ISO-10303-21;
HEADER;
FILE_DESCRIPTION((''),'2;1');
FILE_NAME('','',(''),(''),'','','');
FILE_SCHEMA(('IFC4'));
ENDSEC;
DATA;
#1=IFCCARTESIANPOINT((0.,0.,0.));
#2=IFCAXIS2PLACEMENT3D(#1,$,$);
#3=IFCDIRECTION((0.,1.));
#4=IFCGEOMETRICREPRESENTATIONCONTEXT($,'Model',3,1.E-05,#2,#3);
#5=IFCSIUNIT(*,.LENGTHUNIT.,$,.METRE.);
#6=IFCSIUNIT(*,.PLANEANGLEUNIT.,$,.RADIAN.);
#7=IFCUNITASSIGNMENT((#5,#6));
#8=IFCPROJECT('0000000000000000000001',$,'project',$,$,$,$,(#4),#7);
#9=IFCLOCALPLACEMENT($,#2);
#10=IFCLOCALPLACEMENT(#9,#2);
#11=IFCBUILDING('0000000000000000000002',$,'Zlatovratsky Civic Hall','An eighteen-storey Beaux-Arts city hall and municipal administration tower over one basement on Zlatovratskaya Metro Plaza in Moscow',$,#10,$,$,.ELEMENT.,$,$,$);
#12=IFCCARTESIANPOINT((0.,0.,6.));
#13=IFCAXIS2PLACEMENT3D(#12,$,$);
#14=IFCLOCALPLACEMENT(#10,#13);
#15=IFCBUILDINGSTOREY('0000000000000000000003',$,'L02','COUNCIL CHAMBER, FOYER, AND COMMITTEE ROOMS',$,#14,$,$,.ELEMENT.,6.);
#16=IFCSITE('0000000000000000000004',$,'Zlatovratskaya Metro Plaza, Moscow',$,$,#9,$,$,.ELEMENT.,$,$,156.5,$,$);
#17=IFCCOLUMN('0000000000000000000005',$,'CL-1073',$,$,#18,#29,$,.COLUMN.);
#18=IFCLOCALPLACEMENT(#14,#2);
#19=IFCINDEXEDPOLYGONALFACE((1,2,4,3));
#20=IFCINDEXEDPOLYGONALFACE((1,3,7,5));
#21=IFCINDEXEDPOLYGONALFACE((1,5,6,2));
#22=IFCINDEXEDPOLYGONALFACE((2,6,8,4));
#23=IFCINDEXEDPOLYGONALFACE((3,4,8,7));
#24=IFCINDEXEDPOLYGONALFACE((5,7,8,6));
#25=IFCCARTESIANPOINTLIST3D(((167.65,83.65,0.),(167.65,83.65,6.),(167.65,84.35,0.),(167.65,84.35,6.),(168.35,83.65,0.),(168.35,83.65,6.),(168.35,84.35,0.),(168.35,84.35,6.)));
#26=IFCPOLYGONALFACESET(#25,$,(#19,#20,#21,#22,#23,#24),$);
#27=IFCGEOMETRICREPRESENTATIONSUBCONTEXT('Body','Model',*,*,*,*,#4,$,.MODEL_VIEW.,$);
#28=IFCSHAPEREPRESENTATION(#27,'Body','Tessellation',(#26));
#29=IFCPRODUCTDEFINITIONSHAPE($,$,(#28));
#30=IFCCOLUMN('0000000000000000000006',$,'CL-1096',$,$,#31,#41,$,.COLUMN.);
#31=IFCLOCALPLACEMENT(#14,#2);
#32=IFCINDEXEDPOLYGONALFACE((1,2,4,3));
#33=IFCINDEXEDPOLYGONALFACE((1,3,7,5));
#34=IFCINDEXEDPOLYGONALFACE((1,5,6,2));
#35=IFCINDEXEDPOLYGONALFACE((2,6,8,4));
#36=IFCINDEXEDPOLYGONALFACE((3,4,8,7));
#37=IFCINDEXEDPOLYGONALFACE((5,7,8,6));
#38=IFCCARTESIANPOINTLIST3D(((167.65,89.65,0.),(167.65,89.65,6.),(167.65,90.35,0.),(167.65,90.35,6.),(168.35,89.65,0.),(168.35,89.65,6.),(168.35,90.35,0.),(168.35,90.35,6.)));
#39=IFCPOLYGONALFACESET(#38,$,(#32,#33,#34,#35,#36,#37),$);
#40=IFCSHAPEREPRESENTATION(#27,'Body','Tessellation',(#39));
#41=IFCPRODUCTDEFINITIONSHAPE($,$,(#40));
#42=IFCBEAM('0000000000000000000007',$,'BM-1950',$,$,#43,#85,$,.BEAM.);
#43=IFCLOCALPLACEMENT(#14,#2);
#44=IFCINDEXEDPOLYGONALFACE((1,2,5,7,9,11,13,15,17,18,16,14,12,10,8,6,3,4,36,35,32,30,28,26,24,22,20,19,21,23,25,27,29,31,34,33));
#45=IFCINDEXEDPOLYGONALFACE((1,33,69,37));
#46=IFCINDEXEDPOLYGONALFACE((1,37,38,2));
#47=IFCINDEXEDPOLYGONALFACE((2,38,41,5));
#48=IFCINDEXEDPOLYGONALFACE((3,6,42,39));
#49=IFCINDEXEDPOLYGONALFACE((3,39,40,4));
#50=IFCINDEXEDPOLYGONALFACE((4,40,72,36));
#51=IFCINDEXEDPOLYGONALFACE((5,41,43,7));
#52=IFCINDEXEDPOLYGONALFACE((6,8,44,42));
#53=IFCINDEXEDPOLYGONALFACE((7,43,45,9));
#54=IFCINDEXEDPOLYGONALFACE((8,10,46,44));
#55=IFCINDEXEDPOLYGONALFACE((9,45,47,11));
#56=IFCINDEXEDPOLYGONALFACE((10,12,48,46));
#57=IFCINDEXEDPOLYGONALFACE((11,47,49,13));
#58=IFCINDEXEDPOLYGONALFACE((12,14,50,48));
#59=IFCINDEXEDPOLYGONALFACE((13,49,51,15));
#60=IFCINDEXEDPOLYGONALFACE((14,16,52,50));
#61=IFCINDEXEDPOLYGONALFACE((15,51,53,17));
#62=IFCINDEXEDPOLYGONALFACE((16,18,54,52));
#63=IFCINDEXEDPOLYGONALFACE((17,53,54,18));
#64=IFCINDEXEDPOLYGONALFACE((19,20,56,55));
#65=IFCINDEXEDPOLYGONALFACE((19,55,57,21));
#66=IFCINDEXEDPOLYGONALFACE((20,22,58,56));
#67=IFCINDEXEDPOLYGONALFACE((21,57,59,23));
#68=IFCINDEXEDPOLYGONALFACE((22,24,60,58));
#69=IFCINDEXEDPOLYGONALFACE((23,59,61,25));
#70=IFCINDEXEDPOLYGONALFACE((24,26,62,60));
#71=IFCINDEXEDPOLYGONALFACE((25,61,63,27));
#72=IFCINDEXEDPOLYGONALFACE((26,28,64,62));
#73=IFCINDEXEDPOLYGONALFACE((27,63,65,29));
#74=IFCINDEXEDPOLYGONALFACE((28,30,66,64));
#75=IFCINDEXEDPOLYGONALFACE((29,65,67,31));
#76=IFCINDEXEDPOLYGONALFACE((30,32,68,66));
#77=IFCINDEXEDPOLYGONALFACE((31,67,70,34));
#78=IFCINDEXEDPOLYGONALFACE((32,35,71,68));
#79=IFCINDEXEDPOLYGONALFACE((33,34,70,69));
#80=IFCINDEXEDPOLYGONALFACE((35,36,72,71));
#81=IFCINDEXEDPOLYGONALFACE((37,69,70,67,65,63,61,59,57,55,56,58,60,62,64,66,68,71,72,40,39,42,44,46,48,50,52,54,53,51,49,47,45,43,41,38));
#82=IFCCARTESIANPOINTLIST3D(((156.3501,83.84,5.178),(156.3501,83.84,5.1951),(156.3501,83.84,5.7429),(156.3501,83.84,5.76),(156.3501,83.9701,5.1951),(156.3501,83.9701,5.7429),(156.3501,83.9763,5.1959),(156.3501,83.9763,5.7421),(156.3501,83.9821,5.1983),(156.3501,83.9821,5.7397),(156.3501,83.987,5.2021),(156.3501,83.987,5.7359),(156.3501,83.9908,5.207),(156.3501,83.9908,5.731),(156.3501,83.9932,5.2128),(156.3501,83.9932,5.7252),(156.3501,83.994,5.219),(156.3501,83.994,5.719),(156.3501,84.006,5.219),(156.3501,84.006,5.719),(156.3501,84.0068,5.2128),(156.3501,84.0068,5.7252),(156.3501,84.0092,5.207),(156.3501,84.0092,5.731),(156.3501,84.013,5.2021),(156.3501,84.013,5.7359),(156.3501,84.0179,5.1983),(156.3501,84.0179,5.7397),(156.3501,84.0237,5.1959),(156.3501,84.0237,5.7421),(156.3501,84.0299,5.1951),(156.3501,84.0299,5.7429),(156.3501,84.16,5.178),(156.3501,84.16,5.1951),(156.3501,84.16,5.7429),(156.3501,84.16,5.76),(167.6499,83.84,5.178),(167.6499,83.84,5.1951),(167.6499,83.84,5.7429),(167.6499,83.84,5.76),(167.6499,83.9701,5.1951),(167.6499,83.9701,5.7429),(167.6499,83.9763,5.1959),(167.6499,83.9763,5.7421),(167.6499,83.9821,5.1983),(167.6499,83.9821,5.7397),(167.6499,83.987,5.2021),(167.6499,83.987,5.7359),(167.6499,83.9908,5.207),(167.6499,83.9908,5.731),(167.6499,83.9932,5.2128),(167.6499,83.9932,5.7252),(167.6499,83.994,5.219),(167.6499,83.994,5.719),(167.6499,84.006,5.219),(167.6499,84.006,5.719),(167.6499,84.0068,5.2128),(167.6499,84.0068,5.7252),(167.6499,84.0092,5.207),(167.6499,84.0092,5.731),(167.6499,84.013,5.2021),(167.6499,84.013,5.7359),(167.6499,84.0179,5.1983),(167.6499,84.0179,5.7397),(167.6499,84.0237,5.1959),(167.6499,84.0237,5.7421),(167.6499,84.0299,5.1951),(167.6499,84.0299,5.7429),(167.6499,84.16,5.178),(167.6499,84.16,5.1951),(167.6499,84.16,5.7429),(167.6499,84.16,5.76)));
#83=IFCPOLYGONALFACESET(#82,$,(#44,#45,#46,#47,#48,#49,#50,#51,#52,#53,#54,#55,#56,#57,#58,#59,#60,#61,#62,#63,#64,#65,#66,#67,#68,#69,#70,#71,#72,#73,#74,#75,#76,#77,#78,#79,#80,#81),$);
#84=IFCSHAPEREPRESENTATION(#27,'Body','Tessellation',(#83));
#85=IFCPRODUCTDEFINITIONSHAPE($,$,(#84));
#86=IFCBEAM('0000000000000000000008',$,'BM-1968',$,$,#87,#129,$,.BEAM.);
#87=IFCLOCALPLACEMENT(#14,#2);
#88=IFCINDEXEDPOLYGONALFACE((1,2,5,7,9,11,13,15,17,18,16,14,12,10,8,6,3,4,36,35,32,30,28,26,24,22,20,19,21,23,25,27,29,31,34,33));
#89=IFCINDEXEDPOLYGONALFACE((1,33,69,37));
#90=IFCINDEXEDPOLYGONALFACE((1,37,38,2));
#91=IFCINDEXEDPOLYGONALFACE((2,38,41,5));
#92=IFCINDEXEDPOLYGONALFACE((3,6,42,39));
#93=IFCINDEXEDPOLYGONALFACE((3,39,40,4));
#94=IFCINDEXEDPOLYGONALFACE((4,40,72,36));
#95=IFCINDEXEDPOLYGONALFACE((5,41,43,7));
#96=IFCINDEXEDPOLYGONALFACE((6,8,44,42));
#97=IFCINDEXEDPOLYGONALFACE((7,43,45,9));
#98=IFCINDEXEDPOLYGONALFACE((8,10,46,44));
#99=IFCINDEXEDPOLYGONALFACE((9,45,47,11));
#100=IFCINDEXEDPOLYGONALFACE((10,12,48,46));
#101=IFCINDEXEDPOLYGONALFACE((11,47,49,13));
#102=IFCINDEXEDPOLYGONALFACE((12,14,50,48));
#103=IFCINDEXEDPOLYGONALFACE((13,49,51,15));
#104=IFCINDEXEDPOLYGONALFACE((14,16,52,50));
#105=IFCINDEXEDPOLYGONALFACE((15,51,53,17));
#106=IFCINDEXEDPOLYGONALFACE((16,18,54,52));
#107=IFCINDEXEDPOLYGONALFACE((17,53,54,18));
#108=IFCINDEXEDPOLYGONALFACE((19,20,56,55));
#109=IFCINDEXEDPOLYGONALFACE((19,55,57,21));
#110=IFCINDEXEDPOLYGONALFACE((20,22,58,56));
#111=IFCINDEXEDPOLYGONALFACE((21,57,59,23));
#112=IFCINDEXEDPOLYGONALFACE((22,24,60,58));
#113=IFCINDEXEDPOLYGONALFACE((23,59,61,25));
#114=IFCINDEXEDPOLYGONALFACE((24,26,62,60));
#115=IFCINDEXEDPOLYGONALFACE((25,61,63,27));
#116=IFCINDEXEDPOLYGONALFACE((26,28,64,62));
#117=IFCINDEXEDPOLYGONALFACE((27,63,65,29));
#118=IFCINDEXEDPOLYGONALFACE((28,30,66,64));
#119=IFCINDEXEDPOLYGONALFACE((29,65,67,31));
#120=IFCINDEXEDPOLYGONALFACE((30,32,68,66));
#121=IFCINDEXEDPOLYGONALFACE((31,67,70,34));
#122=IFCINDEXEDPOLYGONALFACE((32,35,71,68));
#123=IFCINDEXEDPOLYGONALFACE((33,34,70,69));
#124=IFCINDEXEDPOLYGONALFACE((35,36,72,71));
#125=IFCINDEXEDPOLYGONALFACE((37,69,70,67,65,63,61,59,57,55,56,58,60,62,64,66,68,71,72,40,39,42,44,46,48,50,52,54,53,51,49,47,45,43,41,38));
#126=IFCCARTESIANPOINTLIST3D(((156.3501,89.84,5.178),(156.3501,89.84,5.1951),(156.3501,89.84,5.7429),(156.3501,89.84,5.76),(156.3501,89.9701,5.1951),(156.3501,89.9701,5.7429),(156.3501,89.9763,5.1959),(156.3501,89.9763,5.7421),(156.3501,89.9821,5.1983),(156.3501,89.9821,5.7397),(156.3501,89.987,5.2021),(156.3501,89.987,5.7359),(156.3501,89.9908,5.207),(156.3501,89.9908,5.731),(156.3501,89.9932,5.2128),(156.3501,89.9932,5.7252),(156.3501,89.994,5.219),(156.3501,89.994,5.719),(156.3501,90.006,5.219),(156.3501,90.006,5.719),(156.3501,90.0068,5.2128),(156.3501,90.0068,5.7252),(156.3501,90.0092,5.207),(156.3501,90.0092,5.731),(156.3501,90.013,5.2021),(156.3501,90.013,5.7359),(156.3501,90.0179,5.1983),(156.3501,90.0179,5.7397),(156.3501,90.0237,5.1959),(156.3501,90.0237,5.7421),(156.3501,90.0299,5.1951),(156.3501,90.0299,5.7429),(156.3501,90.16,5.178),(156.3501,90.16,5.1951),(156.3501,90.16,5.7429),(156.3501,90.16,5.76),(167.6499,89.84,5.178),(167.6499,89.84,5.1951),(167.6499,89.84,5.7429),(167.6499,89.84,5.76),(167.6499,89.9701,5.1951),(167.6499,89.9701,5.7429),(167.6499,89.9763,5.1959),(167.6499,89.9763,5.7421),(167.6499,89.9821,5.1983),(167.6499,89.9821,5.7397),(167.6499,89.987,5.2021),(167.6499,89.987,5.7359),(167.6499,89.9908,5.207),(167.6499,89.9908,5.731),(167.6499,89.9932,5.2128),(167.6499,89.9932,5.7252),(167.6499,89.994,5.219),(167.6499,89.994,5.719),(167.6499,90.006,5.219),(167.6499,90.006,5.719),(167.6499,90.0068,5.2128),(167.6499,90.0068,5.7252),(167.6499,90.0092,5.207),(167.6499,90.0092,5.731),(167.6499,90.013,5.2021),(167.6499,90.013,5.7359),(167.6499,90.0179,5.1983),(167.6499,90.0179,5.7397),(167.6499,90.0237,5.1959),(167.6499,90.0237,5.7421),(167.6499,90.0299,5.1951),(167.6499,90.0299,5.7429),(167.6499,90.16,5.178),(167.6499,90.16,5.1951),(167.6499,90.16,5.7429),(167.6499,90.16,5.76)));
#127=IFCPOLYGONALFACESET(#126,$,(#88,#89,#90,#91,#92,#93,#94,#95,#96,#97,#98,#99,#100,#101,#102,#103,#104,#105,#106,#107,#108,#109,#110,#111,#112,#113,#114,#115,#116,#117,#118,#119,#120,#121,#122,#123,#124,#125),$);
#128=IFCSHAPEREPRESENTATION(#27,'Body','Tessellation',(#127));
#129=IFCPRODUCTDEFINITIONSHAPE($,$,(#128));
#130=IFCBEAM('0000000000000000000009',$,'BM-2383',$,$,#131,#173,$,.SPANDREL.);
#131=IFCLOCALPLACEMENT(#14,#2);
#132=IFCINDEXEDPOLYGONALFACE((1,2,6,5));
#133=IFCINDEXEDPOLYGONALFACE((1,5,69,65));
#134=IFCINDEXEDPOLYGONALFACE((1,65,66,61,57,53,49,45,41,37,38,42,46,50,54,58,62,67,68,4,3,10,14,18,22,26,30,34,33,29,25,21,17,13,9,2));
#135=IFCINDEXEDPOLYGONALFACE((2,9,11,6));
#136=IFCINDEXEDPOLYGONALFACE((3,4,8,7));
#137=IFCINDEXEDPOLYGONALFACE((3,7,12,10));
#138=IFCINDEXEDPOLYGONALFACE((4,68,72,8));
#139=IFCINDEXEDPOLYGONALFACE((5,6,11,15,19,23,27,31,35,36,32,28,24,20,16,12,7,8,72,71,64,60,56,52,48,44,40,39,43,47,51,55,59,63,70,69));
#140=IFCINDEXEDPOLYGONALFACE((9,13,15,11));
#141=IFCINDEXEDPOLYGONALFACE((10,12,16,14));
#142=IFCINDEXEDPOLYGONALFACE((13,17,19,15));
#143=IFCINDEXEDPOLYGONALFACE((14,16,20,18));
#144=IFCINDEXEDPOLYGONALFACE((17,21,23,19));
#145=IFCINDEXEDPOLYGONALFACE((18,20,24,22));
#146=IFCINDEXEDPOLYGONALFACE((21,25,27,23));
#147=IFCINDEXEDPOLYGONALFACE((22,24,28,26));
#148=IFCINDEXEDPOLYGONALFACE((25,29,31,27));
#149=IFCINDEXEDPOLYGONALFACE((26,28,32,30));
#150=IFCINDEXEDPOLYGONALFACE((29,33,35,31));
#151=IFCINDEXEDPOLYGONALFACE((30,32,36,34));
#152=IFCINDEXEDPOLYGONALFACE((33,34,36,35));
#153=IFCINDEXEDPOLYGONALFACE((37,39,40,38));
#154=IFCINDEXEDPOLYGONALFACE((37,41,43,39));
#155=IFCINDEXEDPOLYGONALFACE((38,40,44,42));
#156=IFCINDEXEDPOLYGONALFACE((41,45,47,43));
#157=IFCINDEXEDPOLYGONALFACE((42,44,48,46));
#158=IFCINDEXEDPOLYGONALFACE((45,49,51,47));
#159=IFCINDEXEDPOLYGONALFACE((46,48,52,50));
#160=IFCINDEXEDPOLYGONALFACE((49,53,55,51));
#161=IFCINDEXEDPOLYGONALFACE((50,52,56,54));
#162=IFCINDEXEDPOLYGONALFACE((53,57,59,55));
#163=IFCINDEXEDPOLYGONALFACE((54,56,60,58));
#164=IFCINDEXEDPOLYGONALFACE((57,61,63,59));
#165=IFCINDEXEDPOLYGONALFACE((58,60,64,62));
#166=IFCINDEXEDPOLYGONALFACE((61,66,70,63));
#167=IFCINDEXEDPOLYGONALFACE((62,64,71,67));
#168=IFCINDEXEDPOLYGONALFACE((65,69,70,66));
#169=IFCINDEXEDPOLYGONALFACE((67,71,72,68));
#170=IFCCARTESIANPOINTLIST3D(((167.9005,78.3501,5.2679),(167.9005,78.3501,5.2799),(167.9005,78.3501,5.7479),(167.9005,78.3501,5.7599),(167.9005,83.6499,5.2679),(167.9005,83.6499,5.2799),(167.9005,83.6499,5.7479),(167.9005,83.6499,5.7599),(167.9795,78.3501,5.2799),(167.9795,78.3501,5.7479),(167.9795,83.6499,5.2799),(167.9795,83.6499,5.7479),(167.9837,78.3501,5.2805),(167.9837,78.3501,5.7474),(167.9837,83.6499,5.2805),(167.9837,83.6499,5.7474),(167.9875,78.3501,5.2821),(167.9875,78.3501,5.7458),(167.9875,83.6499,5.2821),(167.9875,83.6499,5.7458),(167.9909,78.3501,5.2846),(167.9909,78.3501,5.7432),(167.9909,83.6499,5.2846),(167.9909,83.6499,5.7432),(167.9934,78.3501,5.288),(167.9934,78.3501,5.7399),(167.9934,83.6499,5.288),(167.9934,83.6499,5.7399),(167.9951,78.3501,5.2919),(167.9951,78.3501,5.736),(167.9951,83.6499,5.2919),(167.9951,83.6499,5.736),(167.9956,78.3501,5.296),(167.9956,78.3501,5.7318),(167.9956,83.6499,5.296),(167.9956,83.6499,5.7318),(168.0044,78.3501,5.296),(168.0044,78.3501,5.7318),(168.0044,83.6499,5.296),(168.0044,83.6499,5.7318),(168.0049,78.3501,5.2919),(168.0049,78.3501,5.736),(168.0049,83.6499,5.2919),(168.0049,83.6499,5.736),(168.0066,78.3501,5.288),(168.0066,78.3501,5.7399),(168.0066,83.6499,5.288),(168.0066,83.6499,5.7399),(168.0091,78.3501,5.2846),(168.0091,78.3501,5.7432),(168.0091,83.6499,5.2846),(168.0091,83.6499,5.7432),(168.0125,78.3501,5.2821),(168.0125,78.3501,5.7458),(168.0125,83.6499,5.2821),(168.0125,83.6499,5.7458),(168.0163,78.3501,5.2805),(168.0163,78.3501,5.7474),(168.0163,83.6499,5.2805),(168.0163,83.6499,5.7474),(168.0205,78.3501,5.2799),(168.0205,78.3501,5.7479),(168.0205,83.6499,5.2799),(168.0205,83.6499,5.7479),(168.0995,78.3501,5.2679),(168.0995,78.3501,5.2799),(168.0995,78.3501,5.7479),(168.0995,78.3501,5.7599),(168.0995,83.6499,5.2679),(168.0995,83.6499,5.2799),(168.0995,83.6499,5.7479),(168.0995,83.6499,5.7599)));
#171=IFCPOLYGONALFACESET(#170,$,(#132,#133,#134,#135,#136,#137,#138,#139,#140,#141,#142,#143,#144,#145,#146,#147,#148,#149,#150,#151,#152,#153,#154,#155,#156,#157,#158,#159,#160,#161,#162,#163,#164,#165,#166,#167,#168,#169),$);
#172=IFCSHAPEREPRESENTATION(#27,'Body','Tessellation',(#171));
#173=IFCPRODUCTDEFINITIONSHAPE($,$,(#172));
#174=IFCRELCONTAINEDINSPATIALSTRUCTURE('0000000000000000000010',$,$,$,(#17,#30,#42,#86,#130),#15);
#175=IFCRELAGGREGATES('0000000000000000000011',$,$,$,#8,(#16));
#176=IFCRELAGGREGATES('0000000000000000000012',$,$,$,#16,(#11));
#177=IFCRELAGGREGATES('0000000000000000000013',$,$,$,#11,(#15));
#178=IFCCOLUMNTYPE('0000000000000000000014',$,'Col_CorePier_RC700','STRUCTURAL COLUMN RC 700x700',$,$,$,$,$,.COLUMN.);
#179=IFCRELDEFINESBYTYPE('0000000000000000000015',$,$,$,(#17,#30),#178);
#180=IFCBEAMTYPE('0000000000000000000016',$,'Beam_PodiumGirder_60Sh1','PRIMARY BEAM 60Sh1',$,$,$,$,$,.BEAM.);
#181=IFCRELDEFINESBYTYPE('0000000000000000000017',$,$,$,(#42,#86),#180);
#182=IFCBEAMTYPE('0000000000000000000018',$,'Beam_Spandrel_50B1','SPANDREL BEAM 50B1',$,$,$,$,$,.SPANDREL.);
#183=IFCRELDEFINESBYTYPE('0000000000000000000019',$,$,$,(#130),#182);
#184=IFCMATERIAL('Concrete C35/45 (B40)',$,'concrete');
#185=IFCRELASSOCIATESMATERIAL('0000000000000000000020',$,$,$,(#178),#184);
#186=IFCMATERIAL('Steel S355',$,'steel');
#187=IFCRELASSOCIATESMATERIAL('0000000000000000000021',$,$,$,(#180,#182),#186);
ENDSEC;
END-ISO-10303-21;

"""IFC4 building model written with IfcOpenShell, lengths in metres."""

from ifc_helpers import new_model, si_unit, direction, frame, origin, origin_2d, place, context, subcontext, project, spatial, rectangle, i_section, extrude, material, material_profile, profile_set, type_object, element, save


model = new_model("IFC4")

# Units and contexts
model_context = context("Model", 3, precision=1e-05, world=origin(), true_north=direction((0.0, 1.0)))
body_context = subcontext(model_context, "Body", "Model", "MODEL_VIEW")
ifc_project = project(units=[si_unit("LENGTHUNIT", "METRE"), si_unit("PLANEANGLEUNIT", "RADIAN")], contexts=[model_context])

# Site, building, storey
site_placement = place(None, origin())
site = spatial("IfcSite", under=ifc_project, at=site_placement, Name="Zlatovratskaya Metro Plaza, Moscow", CompositionType="ELEMENT", RefElevation=156.5)
building_placement = place(site_placement, origin())
building = spatial("IfcBuilding", under=site, at=building_placement, Name="Zlatovratsky Civic Hall", Description="An eighteen-storey Beaux-Arts city hall and municipal administration tower over one basement on Zlatovratskaya Metro Plaza in Moscow", CompositionType="ELEMENT")
storey_placement = place(building_placement, frame((0.0, 0.0, 6.0)))
storey = spatial("IfcBuildingStorey", under=building, at=storey_placement, Name="L02", Description="COUNCIL CHAMBER, FOYER, AND COMMITTEE ROOMS", CompositionType="ELEMENT", Elevation=6.0)

# Columns
ifc_material_1 = material(Name="Concrete C35/45 (B40)", Category="concrete")
ifc_material_profile_1 = material_profile(ifc_material_1, rectangle(XDim=0.7, YDim=0.7, at=origin_2d()), Name="RC 700x700")
ifc_profile_set_1 = profile_set([ifc_material_profile_1], Name="Concrete C35/45 (B40)")
column_type = type_object("IfcColumnType", Name="Col_CorePier_RC700", Description="STRUCTURAL COLUMN RC 700x700", PredefinedType="COLUMN", material=ifc_profile_set_1)
for number, where, z_axis, x_axis, name in (
    (1, (168.0, 84.0, 0.0), (0.0, 0.0, 1.0), (1.0, 0.0, 0.0), "CL-1073"),
    (2, (168.0, 90.0, 0.0), (0.0, 0.0, 1.0), (1.0, 0.0, 0.0), "CL-1096"),
):
    element("IfcColumn", number, at=place(storey_placement, frame(where, z_axis=z_axis, x_axis=x_axis)), inside=storey, type_object=column_type, Name=name, PredefinedType="COLUMN", context=body_context, shape_type="SweptSolid", body=[
        extrude(rectangle(XDim=0.7, YDim=0.7, at=origin_2d()), origin(), (0.0, 0.0, 1.0), 6.0),
    ])

# Beams
ifc_material_2 = material(Name="Steel S355", Category="steel")
ifc_material_profile_2 = material_profile(ifc_material_2, i_section(OverallWidth=0.3201, OverallDepth=0.582, WebThickness=0.012, FlangeThickness=0.0171, FilletRadius=0.0239, at=origin_2d()), Name="60Sh1")
ifc_profile_set_2 = profile_set([ifc_material_profile_2], Name="Steel S355")
beam_type_1 = type_object("IfcBeamType", Name="Beam_PodiumGirder_60Sh1", Description="PRIMARY BEAM 60Sh1", PredefinedType="BEAM", material=ifc_profile_set_2)
for number, where, z_axis, x_axis, name in (
    (3, (156.3501, 84.0, 5.469), (1.0, 0.0, 0.0), (0.0, 1.0, 0.0), "BM-1950"),
    (4, (156.3501, 90.0, 5.469), (1.0, 0.0, 0.0), (0.0, 1.0, 0.0), "BM-1968"),
):
    element("IfcBeam", number, at=place(storey_placement, frame(where, z_axis=z_axis, x_axis=x_axis)), inside=storey, type_object=beam_type_1, Name=name, PredefinedType="BEAM", context=body_context, shape_type="SweptSolid", body=[
        extrude(i_section(OverallWidth=0.3201, OverallDepth=0.582, WebThickness=0.012, FlangeThickness=0.0171, FilletRadius=0.0239, at=origin_2d()), origin(), (0.0, 0.0, 1.0), 11.2998),
    ])
ifc_material_profile_3 = material_profile(ifc_material_2, i_section(OverallWidth=0.199, OverallDepth=0.4919, WebThickness=0.0088, FlangeThickness=0.012, FilletRadius=0.0161, at=origin_2d()), Name="50B1")
ifc_profile_set_3 = profile_set([ifc_material_profile_3], Name="Steel S355")
beam_type_2 = type_object("IfcBeamType", Name="Beam_Spandrel_50B1", Description="SPANDREL BEAM 50B1", PredefinedType="SPANDREL", material=ifc_profile_set_3)
for number, where, z_axis, x_axis, name in (
    (5, (168.0, 78.3501, 5.5139), (0.0, 1.0, 0.0), (-1.0, 0.0, 0.0), "BM-2383"),
):
    element("IfcBeam", number, at=place(storey_placement, frame(where, z_axis=z_axis, x_axis=x_axis)), inside=storey, type_object=beam_type_2, Name=name, PredefinedType="SPANDREL", context=body_context, shape_type="SweptSolid", body=[
        extrude(i_section(OverallWidth=0.199, OverallDepth=0.4919, WebThickness=0.0088, FlangeThickness=0.012, FilletRadius=0.0161, at=origin_2d()), origin(), (0.0, 0.0, 1.0), 5.2998),
    ])

save(model, "model.ifc")
